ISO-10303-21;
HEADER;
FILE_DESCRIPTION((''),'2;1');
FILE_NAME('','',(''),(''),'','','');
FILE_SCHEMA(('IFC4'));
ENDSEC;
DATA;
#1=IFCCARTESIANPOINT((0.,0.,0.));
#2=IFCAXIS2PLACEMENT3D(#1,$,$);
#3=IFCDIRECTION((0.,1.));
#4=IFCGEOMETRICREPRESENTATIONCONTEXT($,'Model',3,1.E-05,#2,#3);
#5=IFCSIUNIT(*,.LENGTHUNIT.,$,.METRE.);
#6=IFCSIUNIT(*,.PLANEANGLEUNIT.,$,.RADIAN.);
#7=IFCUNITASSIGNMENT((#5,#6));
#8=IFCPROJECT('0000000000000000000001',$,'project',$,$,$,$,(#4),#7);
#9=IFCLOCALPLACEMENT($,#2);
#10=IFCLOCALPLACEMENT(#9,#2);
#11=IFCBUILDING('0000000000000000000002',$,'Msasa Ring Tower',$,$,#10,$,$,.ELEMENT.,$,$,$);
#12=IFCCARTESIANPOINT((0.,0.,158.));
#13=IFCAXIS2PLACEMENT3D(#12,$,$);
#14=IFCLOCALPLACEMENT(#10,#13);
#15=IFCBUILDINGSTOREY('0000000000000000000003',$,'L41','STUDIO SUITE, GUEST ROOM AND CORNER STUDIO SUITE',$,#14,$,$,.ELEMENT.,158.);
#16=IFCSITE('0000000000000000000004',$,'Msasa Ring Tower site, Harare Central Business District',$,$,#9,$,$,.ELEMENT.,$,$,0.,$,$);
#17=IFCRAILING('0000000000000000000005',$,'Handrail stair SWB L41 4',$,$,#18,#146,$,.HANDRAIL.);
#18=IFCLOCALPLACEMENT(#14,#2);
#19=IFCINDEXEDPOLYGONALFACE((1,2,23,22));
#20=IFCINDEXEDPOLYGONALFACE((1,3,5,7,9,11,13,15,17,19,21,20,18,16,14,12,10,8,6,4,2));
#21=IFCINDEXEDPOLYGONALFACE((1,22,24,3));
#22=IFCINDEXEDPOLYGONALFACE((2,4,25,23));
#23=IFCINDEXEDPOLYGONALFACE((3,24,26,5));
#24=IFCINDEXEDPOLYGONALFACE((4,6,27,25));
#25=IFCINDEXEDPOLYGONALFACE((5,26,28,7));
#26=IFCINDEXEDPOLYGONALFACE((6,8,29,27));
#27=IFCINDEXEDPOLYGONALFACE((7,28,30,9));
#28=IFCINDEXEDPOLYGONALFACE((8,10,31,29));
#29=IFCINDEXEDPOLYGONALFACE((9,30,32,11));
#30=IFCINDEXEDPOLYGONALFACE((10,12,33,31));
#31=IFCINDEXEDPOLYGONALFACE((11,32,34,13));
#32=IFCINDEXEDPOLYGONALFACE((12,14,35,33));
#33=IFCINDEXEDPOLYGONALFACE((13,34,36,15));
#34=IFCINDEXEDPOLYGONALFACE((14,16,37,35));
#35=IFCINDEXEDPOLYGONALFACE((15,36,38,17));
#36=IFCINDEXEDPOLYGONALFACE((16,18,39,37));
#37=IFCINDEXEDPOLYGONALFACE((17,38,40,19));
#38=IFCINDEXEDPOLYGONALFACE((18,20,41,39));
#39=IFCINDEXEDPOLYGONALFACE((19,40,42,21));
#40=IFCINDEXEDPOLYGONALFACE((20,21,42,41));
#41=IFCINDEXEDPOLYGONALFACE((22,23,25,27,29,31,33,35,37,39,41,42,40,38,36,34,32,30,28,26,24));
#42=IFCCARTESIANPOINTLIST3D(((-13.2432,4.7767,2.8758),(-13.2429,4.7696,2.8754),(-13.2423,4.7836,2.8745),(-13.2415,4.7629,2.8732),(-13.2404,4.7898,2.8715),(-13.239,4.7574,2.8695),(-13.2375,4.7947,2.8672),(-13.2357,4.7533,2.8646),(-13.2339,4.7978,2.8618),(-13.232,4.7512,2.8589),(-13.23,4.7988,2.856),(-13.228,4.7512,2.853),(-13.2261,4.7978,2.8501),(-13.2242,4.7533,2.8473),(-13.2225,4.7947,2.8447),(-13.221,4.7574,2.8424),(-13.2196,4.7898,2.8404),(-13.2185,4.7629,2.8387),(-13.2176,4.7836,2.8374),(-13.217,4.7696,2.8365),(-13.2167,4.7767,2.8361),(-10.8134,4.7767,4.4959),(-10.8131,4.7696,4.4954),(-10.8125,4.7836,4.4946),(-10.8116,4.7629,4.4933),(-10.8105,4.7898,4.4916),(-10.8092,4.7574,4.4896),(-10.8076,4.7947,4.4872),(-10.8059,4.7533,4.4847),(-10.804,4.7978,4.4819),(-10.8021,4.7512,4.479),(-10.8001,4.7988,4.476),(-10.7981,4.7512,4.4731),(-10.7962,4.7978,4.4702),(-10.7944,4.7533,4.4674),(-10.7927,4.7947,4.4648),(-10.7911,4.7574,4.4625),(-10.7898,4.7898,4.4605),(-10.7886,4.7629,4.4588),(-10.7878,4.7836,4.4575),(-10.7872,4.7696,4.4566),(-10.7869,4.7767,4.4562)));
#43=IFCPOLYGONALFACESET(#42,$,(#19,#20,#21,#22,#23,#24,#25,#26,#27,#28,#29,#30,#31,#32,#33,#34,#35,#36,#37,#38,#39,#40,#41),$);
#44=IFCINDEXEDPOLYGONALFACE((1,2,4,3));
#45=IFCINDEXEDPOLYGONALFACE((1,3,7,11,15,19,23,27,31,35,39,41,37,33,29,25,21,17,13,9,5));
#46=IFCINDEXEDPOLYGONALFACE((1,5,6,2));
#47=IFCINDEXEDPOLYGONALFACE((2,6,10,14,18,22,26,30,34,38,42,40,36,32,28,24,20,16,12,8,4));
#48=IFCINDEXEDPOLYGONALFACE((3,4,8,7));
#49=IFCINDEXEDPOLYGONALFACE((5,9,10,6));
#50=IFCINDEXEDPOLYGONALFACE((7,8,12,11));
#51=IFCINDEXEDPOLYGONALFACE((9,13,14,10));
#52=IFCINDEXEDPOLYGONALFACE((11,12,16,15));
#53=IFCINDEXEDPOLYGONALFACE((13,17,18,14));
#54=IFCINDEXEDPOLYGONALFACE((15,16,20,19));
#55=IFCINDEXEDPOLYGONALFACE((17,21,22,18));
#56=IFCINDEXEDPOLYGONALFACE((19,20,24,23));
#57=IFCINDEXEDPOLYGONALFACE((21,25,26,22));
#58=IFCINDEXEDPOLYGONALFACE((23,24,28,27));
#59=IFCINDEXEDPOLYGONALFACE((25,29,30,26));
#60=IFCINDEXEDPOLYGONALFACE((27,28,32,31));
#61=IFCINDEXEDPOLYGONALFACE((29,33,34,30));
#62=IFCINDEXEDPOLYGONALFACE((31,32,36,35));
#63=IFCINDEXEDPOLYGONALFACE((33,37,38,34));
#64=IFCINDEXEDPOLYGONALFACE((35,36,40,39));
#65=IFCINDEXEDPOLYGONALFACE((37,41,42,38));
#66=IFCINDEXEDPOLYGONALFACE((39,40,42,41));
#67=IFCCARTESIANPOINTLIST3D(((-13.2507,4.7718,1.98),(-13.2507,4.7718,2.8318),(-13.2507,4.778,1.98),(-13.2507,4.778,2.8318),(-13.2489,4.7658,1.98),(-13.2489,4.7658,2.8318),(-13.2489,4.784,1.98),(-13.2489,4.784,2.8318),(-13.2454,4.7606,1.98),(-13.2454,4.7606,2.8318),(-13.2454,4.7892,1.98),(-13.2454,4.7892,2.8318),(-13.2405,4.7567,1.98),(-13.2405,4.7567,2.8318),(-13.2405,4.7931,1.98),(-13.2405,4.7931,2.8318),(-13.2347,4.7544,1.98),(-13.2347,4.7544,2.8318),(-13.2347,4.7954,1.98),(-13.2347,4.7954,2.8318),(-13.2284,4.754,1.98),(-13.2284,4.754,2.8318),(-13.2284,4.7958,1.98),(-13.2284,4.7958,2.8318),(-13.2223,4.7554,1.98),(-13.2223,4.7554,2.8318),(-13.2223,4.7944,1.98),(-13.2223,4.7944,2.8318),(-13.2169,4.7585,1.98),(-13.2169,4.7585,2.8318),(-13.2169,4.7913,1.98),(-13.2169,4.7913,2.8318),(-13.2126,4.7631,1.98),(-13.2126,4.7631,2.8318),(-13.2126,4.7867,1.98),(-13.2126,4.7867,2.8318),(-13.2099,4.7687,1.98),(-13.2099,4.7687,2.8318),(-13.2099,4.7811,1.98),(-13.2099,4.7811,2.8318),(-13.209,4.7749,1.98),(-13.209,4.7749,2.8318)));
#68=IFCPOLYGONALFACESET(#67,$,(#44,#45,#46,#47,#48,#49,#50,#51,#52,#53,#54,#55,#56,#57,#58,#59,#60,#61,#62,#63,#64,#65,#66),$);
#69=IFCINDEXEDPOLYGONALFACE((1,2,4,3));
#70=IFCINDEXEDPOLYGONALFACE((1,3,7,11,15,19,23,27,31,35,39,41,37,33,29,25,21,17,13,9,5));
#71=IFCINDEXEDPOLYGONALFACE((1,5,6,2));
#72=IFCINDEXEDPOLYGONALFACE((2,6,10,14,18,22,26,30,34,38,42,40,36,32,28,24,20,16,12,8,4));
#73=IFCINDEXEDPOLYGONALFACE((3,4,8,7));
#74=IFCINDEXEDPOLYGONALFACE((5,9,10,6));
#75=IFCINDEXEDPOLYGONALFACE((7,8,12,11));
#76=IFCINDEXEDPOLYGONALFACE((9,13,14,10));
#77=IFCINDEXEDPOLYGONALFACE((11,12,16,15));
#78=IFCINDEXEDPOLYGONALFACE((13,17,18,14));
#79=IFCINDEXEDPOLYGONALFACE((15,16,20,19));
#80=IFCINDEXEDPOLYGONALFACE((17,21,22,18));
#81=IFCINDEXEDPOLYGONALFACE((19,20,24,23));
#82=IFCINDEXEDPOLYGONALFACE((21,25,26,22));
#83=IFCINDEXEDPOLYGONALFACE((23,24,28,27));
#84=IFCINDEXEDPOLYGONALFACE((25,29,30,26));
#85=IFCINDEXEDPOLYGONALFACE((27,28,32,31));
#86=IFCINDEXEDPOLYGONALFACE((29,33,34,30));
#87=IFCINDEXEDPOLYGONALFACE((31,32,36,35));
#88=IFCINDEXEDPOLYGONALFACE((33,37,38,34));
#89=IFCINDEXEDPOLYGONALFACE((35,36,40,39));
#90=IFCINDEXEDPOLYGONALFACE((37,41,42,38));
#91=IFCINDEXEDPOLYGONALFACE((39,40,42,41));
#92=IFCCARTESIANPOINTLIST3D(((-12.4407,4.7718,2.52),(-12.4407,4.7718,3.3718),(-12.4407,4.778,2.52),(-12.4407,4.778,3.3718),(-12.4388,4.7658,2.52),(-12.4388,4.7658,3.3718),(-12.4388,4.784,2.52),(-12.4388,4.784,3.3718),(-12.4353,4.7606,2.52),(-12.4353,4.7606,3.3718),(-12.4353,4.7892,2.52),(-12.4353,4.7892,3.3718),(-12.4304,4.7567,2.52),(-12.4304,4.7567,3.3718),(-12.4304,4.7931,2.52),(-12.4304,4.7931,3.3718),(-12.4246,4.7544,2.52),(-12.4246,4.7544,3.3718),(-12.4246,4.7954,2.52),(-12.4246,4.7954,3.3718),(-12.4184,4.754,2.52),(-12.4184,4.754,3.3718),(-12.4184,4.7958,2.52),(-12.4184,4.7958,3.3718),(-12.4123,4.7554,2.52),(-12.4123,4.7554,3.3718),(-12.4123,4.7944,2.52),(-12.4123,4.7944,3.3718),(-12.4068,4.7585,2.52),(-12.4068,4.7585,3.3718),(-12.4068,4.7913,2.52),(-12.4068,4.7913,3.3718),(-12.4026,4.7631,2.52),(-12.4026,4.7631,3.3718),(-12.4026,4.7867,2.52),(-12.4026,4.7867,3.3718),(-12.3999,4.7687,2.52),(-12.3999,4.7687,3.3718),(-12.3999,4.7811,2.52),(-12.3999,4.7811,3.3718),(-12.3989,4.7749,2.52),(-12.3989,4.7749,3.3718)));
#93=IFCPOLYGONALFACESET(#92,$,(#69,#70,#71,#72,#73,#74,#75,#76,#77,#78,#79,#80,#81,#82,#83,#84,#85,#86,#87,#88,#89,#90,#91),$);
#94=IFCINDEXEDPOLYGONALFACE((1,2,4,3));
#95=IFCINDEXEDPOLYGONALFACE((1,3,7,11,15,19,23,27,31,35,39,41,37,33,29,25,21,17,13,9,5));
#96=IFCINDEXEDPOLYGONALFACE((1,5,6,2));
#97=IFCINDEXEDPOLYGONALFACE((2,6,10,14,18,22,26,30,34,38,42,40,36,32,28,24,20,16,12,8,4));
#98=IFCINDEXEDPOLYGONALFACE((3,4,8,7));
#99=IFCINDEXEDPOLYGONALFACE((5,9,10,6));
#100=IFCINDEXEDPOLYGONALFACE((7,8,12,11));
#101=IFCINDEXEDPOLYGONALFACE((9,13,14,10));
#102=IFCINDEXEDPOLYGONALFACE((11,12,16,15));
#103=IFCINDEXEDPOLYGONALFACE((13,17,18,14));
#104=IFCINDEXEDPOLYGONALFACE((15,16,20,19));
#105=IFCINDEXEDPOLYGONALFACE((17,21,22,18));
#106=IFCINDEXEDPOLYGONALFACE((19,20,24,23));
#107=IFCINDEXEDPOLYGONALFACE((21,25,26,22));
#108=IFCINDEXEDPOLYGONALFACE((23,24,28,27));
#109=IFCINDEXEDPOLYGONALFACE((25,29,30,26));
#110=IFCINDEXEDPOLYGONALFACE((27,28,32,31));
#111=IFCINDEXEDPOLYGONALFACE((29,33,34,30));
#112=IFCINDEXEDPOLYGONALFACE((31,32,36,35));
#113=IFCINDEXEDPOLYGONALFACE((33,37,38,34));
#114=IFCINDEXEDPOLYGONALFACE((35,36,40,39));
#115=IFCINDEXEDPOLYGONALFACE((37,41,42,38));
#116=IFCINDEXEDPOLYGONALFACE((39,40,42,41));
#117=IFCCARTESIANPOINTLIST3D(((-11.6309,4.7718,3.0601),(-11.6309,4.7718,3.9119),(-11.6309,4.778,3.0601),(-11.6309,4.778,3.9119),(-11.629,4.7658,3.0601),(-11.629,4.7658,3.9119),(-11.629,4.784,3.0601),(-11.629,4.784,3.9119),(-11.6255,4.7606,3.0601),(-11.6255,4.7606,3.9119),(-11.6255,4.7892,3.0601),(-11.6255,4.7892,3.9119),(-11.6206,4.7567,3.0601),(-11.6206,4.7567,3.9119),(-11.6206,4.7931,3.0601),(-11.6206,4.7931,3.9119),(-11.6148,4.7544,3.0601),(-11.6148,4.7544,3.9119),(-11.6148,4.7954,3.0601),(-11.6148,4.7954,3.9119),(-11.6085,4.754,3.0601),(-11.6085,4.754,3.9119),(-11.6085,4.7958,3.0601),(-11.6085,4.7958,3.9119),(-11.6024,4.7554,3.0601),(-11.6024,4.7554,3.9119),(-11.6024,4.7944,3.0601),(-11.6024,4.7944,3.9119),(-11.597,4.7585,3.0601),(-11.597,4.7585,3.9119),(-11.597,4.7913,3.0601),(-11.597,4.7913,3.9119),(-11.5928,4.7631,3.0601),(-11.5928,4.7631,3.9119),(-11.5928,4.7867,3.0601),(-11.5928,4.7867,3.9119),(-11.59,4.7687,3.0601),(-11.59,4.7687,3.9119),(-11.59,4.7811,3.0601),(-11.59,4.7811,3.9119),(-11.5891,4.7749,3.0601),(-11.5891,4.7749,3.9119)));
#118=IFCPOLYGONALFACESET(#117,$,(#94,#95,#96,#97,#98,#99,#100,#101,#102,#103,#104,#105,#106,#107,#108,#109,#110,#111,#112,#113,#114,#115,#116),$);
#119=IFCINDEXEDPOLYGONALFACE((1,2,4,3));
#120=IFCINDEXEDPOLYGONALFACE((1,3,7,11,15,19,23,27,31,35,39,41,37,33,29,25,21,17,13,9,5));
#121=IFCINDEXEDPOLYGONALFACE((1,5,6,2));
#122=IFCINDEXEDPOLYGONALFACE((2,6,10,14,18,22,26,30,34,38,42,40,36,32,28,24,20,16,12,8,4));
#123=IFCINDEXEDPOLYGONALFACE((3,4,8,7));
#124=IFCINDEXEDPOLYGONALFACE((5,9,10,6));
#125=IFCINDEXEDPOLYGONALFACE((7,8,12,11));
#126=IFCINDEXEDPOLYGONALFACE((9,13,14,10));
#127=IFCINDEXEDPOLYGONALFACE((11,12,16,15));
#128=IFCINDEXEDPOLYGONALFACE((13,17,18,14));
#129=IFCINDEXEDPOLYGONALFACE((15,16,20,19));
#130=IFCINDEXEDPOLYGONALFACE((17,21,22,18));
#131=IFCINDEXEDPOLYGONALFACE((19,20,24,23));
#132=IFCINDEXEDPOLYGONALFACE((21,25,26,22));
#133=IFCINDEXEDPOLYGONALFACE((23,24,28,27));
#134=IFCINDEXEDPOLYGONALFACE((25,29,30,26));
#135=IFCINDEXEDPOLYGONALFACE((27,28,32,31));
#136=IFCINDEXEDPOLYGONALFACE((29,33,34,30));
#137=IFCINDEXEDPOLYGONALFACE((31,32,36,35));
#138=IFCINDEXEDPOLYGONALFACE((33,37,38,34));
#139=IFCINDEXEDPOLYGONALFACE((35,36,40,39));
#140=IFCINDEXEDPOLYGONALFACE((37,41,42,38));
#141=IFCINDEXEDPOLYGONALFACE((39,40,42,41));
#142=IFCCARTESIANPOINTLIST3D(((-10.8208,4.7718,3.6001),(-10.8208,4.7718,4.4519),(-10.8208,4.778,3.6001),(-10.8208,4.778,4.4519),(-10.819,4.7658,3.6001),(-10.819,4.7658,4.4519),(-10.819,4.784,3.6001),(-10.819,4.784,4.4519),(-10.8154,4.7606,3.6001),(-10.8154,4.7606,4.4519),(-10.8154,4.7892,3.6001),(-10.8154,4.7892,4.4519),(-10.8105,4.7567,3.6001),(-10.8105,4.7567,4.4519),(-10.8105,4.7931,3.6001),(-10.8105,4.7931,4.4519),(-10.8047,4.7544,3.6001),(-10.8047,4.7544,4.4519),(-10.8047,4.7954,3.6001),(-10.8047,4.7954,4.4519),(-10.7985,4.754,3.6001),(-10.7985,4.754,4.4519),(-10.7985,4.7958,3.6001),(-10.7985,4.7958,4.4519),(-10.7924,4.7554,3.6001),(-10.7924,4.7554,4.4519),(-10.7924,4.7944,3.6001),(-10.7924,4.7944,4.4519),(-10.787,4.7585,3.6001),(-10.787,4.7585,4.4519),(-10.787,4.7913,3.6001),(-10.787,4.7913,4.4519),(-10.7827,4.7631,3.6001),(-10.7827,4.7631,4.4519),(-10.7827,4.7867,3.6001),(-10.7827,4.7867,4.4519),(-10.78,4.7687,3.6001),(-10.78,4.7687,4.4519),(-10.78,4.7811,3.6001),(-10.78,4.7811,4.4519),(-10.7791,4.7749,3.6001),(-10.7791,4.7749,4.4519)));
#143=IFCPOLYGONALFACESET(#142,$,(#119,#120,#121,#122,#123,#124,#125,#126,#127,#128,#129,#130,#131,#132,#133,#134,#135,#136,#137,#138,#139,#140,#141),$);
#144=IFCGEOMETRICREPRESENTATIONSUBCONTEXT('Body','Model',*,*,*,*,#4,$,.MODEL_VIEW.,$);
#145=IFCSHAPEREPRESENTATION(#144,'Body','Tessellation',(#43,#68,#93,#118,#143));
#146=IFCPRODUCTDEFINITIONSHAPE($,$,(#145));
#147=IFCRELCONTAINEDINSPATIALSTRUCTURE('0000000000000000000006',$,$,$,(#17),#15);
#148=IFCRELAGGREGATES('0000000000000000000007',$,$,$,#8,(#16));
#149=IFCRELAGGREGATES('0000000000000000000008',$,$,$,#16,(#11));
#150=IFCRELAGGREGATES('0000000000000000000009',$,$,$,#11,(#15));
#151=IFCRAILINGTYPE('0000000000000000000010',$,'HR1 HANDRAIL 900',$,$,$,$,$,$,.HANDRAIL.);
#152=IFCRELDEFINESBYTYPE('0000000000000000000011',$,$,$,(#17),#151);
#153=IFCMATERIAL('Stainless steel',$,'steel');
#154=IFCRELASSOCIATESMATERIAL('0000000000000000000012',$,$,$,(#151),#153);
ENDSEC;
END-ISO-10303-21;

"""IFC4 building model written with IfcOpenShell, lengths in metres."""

from ifc_helpers import new_model, si_unit, direction, frame, origin, origin_2d, place, context, subcontext, project, spatial, circle, extrude, material, type_object, element, save


model = new_model("IFC4")

# Units and contexts
model_context = context("Model", 3, precision=1e-05, world=origin(), true_north=direction((0.0, 1.0)))
body_context = subcontext(model_context, "Body", "Model", "MODEL_VIEW")
ifc_project = project(units=[si_unit("LENGTHUNIT", "METRE"), si_unit("PLANEANGLEUNIT", "RADIAN")], contexts=[model_context])

# Site, building, storey
site_placement = place(None, origin())
site = spatial("IfcSite", under=ifc_project, at=site_placement, Name="Msasa Ring Tower site, Harare Central Business District", CompositionType="ELEMENT", RefElevation=0.0)
building_placement = place(site_placement, origin())
building = spatial("IfcBuilding", under=site, at=building_placement, Name="Msasa Ring Tower", CompositionType="ELEMENT")
storey_placement = place(building_placement, frame((0.0, 0.0, 158.0)))
storey = spatial("IfcBuildingStorey", under=building, at=storey_placement, Name="L41", Description="STUDIO SUITE, GUEST ROOM AND CORNER STUDIO SUITE", CompositionType="ELEMENT", Elevation=158.0)

# Railing
ifc_material_1 = material(Name="Stainless steel", Category="steel")
railing_type = type_object("IfcRailingType", Name="HR1 HANDRAIL 900", PredefinedType="HANDRAIL", material=ifc_material_1)
for number, where, name in (
    (1, (-13.23, 4.7749, 1.98), "Handrail stair SWB L41 4"),
):
    element("IfcRailing", number, at=place(storey_placement, frame(where)), inside=storey, type_object=railing_type, Name=name, PredefinedType="HANDRAIL", context=body_context, shape_type="SweptSolid", body=[
        extrude(circle(Radius=0.0239, at=origin_2d()), frame((0.0, 0.0, 0.876), z_axis=(0.832025, 0.0, 0.554739), x_axis=(0.0, 1.0, 0.0)), (0.0, 0.0, 1.0), 2.9204),
        extrude(circle(Radius=0.021, at=origin_2d()), origin(), (0.0, 0.0, 1.0), 0.8518),
        extrude(circle(Radius=0.021, at=origin_2d()), frame((0.8101, 0.0, 0.54)), (0.0, 0.0, 1.0), 0.8518),
        extrude(circle(Radius=0.021, at=origin_2d()), frame((1.6199, 0.0, 1.0801)), (0.0, 0.0, 1.0), 0.8518),
        extrude(circle(Radius=0.021, at=origin_2d()), frame((2.4299, 0.0, 1.6201)), (0.0, 0.0, 1.0), 0.8518),
    ])

save(model, "model.ifc")
